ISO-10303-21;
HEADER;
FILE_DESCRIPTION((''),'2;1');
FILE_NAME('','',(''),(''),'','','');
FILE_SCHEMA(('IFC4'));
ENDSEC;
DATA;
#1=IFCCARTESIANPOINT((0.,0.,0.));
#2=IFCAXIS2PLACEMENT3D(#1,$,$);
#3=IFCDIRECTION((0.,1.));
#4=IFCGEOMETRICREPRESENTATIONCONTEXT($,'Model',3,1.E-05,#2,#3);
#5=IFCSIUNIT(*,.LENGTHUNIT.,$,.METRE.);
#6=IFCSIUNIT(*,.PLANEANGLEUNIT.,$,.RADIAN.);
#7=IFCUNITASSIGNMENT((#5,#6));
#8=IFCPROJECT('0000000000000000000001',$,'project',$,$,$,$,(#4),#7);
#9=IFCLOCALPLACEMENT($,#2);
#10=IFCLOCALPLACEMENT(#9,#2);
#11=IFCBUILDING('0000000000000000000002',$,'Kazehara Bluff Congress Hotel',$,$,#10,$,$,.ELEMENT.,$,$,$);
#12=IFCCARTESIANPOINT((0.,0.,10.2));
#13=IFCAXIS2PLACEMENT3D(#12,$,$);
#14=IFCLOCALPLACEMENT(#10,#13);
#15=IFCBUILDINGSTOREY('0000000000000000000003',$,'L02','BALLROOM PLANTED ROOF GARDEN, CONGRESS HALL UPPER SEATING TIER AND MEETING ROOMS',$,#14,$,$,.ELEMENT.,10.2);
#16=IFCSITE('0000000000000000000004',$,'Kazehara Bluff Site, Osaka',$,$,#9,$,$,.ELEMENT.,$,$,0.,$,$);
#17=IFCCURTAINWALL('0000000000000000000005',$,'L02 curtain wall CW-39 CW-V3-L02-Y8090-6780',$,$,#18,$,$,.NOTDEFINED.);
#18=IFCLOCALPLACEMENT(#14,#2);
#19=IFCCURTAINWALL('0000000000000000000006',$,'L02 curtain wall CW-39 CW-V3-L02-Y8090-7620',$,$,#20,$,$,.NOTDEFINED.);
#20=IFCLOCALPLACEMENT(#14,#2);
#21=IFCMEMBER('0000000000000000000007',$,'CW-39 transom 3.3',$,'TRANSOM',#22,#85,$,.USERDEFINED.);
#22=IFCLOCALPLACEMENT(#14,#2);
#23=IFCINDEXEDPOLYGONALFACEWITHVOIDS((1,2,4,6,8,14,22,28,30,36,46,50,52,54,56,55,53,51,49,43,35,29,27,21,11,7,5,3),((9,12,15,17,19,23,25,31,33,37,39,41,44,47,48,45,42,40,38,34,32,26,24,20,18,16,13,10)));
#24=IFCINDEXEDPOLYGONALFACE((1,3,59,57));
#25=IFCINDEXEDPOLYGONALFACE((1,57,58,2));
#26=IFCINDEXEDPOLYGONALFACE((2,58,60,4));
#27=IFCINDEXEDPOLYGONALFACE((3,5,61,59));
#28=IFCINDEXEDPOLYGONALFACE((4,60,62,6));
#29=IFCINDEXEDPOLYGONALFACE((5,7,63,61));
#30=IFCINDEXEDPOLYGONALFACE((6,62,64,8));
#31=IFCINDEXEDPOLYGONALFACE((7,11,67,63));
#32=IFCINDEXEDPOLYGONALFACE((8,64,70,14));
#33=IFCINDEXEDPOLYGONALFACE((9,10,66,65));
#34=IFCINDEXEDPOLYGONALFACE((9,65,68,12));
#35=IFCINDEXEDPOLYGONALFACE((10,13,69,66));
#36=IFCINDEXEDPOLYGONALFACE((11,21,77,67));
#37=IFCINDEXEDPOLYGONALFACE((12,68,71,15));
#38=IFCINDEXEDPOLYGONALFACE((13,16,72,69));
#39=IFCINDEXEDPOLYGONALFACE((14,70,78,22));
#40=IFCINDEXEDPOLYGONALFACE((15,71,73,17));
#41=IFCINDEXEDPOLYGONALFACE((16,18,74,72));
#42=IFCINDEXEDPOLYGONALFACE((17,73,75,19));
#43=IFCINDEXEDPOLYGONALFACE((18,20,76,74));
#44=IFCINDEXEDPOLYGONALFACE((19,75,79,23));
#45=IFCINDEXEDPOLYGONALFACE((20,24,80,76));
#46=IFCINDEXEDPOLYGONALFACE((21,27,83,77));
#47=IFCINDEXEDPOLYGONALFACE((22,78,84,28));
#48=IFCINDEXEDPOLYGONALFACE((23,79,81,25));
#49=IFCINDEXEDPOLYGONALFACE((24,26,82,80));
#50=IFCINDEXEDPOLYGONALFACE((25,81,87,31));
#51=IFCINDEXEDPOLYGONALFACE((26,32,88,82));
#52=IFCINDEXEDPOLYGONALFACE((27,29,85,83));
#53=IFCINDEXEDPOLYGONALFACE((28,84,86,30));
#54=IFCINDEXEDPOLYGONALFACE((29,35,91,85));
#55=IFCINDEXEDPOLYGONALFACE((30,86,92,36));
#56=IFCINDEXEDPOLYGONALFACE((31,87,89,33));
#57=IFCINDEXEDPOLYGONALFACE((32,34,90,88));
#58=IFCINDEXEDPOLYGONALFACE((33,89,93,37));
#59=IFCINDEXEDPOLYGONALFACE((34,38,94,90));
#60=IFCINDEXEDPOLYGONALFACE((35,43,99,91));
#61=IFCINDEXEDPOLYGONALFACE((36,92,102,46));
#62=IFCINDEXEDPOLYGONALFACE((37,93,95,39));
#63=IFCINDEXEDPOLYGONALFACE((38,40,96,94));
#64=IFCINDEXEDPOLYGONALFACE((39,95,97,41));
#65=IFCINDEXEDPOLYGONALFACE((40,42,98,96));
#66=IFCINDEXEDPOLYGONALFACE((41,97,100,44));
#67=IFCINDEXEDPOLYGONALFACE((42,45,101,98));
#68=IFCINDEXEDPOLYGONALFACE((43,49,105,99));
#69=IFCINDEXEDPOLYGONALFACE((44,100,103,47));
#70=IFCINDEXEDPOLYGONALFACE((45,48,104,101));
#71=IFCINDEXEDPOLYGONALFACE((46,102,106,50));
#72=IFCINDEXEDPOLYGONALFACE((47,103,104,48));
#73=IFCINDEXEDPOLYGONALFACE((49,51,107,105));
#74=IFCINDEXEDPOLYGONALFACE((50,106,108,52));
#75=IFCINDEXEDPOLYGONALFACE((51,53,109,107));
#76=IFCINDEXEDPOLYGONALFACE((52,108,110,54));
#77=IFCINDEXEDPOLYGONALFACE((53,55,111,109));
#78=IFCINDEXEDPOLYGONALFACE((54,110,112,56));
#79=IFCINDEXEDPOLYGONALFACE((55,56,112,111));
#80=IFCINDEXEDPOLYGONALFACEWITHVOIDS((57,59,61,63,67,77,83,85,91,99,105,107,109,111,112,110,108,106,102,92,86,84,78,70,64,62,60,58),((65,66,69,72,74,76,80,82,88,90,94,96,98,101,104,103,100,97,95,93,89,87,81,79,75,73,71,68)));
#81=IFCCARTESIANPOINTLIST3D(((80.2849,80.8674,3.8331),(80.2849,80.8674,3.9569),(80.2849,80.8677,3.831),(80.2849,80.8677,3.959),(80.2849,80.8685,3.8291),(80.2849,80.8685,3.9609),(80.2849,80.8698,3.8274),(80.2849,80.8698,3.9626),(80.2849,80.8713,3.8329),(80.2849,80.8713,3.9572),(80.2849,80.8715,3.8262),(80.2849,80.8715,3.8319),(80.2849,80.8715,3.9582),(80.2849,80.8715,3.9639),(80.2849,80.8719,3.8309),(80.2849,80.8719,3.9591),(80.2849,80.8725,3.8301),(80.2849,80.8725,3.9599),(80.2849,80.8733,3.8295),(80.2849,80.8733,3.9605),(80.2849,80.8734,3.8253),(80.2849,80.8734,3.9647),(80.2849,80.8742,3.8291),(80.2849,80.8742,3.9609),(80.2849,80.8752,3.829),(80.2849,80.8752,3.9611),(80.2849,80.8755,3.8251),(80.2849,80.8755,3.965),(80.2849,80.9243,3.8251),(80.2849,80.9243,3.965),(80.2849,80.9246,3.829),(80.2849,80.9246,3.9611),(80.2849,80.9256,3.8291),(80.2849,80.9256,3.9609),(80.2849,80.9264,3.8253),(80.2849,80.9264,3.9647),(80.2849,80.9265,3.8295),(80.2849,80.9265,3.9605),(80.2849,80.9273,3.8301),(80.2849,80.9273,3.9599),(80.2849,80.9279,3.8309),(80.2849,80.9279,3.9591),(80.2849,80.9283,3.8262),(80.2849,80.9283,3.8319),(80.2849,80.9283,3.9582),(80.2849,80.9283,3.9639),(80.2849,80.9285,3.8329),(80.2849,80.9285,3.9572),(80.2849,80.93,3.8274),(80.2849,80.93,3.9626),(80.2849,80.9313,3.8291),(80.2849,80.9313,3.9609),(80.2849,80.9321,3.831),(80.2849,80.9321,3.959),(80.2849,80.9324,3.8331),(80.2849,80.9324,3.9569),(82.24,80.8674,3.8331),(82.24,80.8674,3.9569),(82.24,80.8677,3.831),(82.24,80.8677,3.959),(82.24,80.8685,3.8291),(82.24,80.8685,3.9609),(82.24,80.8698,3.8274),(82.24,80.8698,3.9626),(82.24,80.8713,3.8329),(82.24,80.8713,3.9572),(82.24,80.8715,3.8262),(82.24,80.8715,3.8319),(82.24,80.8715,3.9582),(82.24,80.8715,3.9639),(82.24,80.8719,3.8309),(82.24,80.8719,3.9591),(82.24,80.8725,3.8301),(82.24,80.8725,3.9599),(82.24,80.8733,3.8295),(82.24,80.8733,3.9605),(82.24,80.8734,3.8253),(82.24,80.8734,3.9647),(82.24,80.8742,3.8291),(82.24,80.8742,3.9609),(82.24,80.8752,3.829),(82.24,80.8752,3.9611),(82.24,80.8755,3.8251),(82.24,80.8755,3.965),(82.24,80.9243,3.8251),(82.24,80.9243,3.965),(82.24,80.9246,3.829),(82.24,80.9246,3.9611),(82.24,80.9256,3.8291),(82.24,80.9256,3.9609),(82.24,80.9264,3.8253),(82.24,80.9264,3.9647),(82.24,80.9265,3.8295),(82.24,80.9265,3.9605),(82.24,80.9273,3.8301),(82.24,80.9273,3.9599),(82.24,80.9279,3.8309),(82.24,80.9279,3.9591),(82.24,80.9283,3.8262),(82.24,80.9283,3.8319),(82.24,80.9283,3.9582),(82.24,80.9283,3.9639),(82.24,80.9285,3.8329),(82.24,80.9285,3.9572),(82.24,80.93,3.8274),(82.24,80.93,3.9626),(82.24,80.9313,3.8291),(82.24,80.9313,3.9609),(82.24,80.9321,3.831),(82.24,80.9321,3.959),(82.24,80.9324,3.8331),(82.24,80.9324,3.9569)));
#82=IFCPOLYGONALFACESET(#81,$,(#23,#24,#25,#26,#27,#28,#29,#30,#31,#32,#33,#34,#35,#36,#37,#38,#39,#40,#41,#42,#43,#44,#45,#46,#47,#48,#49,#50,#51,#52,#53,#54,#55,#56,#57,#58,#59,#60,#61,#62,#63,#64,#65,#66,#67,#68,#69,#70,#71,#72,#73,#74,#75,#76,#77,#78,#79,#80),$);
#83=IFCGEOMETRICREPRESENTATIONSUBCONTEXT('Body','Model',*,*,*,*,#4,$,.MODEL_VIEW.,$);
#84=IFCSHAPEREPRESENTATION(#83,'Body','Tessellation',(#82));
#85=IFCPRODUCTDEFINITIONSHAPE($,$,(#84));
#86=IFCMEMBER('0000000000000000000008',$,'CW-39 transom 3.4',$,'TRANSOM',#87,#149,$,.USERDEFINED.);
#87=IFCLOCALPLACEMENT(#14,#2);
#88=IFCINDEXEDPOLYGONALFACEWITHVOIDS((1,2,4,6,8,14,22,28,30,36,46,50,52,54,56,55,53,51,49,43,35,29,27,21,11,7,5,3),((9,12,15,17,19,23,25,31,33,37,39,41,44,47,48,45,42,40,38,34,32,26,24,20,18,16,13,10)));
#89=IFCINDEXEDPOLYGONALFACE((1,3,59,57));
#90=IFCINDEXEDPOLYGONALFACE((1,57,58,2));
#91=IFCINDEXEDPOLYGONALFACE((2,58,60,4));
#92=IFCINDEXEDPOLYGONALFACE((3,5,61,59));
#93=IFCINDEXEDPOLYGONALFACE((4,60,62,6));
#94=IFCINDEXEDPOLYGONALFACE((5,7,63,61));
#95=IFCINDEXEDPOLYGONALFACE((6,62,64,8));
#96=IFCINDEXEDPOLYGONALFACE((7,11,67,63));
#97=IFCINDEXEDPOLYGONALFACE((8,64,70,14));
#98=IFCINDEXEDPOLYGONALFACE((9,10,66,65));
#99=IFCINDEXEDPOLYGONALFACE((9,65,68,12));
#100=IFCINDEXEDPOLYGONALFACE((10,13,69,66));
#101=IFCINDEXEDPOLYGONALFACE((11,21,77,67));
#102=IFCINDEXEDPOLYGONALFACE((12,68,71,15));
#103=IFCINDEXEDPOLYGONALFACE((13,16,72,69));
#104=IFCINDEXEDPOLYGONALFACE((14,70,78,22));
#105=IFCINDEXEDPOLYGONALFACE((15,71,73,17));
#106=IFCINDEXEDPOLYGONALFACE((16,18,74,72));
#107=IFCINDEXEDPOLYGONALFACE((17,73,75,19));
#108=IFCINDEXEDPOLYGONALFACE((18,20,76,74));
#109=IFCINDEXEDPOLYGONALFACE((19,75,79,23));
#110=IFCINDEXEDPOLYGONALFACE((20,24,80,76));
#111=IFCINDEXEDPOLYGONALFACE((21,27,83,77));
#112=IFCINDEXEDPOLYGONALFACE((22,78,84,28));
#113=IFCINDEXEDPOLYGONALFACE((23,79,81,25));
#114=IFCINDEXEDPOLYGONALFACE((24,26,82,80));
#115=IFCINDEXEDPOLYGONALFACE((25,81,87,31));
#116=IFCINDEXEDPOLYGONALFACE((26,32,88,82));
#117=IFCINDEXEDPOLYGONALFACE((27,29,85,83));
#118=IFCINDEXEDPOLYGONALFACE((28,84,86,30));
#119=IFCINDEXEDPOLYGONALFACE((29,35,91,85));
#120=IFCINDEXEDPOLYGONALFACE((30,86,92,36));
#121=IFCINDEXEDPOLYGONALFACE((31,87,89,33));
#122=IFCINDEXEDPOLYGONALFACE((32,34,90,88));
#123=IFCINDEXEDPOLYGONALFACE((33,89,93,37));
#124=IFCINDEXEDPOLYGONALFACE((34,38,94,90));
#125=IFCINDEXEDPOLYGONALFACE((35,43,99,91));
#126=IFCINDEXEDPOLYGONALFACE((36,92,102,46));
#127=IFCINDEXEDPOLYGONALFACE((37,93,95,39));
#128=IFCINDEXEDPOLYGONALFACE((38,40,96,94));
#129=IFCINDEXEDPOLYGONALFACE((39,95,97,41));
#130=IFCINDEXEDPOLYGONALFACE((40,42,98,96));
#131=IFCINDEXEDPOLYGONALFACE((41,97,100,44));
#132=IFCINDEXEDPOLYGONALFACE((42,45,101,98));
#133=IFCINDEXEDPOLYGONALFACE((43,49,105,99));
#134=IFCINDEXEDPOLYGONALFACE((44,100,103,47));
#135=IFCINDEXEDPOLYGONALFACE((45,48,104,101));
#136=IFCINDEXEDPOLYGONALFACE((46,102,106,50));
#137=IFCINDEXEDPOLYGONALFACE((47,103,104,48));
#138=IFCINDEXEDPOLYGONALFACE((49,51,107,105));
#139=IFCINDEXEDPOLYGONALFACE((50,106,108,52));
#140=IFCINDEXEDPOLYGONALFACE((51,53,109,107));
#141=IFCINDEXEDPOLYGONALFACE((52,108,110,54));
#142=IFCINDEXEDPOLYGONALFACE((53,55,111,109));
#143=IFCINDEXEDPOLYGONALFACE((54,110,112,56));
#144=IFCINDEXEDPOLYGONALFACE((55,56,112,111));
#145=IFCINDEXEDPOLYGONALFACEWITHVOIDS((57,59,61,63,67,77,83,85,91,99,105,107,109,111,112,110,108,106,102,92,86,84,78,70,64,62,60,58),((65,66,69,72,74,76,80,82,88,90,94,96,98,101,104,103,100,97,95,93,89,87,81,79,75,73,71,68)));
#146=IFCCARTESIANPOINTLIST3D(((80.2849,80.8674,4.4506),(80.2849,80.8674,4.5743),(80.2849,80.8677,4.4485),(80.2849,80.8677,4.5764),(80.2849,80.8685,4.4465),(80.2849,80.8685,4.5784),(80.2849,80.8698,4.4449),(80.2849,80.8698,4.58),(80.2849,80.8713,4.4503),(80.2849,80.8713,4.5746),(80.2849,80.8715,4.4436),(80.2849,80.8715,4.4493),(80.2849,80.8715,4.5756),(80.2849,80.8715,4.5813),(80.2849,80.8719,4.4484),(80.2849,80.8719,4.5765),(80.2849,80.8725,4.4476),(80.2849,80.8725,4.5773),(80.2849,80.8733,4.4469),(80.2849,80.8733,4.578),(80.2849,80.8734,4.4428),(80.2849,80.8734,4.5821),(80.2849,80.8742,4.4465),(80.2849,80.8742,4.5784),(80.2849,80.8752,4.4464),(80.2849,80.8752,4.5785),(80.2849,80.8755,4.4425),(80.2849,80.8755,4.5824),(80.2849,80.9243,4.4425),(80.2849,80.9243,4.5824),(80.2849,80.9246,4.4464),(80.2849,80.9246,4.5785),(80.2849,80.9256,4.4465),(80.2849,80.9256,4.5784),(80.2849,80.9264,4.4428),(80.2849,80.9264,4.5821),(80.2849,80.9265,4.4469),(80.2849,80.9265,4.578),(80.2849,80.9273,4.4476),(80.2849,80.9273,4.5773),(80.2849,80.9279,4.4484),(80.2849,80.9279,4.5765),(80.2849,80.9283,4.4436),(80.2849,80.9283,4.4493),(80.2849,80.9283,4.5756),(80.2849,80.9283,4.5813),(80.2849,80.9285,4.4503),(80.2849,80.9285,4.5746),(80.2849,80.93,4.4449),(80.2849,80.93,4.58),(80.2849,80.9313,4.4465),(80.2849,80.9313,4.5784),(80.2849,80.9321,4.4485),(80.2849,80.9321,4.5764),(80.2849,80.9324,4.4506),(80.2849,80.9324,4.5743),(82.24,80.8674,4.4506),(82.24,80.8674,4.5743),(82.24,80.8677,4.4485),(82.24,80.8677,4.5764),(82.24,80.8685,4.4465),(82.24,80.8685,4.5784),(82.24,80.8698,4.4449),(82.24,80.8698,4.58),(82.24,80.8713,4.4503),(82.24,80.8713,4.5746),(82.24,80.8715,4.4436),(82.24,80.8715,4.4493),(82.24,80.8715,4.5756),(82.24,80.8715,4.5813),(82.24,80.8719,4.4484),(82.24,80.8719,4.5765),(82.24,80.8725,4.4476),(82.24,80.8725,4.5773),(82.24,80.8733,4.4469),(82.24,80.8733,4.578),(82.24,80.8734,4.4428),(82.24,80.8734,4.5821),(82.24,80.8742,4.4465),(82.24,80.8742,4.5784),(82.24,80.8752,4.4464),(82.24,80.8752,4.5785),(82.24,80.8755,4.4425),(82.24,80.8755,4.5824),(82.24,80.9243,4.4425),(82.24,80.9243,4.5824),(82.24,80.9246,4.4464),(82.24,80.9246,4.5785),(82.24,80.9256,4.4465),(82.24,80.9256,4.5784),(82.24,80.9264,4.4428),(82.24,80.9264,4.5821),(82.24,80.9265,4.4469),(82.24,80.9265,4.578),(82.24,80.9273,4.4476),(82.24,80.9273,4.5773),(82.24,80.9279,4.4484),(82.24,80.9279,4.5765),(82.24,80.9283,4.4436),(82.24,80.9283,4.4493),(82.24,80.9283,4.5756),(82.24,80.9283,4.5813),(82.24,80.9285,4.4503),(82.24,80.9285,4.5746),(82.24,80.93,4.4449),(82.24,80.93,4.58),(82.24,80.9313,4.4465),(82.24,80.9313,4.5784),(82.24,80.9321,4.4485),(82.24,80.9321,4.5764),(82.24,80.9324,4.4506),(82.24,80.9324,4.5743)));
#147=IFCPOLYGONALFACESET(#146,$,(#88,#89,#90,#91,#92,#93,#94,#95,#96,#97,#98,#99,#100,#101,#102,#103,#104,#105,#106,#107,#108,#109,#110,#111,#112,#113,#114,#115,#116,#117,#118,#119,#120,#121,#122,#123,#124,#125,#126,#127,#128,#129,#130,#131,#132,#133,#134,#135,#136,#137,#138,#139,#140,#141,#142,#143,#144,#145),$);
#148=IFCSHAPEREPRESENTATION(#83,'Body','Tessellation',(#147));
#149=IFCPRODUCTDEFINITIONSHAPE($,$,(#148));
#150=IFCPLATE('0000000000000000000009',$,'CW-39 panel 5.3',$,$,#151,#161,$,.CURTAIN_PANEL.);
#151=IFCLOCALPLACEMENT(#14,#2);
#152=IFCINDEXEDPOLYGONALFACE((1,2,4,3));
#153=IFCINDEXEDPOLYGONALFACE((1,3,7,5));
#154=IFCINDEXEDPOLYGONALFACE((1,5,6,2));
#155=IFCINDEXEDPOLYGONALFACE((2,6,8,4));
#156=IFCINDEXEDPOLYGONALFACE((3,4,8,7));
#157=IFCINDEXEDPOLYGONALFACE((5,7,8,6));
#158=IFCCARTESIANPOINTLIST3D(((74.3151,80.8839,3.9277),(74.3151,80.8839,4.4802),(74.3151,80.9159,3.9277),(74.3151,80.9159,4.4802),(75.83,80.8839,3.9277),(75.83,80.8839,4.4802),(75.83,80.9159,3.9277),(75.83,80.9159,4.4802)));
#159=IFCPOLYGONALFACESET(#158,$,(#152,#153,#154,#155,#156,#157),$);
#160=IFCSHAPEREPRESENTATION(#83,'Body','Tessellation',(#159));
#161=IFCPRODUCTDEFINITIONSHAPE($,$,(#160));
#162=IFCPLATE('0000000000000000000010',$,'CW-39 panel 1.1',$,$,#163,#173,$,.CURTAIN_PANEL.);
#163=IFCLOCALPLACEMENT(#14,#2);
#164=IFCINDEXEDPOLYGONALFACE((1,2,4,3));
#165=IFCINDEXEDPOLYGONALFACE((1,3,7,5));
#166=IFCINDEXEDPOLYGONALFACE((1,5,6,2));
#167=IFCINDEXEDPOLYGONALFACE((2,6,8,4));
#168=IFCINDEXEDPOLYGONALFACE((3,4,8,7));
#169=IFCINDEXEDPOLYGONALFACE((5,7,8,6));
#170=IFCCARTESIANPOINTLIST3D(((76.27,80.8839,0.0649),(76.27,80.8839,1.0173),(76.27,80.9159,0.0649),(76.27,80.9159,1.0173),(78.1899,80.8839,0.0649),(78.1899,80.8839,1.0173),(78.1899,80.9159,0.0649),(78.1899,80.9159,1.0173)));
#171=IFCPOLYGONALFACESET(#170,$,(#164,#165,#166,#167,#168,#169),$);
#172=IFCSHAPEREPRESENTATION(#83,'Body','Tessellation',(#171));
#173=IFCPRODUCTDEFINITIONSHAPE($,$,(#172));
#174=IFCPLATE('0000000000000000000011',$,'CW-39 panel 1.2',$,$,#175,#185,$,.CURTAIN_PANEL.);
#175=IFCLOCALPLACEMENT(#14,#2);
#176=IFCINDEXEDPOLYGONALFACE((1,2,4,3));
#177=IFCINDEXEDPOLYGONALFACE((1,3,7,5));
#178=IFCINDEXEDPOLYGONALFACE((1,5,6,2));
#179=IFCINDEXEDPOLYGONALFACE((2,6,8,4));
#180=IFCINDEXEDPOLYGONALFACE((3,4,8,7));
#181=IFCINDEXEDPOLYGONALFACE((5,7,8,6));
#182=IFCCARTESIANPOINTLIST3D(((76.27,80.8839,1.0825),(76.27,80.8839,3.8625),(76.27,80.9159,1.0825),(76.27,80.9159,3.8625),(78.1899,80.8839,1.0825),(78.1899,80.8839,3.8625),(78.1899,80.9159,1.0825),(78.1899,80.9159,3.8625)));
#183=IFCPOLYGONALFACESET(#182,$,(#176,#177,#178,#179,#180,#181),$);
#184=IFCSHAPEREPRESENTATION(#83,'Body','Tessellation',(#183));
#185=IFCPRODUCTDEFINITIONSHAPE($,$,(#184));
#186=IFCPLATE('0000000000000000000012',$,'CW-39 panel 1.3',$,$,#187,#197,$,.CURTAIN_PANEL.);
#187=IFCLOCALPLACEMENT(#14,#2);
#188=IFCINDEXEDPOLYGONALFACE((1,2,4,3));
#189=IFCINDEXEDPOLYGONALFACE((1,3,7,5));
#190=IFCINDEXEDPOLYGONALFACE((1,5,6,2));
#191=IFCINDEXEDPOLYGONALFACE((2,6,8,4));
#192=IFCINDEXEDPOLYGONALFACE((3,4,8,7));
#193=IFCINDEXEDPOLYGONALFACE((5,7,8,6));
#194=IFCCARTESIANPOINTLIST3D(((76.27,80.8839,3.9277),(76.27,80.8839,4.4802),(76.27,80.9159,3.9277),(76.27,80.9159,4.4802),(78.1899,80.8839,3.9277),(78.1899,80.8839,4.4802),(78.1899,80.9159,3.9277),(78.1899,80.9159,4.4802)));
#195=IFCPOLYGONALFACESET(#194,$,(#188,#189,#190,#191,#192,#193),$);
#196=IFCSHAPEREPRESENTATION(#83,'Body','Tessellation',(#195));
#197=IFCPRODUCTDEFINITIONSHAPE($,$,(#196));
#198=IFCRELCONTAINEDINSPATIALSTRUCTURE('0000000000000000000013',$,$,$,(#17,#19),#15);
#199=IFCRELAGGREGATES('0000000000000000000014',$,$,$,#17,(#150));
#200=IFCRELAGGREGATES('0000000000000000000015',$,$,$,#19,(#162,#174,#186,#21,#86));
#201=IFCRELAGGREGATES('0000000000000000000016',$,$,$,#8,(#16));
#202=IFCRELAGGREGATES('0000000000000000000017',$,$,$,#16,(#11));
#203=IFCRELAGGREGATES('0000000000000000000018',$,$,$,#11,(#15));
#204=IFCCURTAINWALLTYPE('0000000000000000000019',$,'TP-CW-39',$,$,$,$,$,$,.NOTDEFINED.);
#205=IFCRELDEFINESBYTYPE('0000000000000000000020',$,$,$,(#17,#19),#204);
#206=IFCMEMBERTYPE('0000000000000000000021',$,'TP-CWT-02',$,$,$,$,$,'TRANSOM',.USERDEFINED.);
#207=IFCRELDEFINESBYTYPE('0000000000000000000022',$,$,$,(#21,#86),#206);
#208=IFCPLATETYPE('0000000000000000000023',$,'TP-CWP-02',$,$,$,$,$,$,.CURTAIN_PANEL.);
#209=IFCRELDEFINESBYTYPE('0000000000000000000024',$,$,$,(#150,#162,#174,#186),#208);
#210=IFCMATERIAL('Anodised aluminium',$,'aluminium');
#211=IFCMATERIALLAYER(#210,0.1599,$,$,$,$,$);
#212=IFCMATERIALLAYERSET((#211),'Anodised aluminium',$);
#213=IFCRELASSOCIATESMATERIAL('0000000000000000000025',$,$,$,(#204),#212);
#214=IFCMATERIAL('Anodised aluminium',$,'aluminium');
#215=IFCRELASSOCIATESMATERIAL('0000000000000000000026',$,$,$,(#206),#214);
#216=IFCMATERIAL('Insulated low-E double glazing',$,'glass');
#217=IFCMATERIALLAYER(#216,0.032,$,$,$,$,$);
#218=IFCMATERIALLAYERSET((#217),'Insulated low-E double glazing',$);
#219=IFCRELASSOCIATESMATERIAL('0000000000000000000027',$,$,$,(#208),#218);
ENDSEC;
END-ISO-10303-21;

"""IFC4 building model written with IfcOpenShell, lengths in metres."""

from ifc_helpers import new_model, si_unit, direction, frame, origin, origin_2d, place, context, subcontext, project, spatial, rectangle, hollow_rectangle, extrude, material, layer, layer_set, material_profile, profile_set, type_object, element, aggregate, save


model = new_model("IFC4")

# Units and contexts
model_context = context("Model", 3, precision=1e-05, world=origin(), true_north=direction((0.0, 1.0)))
body_context = subcontext(model_context, "Body", "Model", "MODEL_VIEW")
ifc_project = project(units=[si_unit("LENGTHUNIT", "METRE"), si_unit("PLANEANGLEUNIT", "RADIAN")], contexts=[model_context])

# Site, building, storey
site_placement = place(None, origin())
site = spatial("IfcSite", under=ifc_project, at=site_placement, Name="Kazehara Bluff Site, Osaka", CompositionType="ELEMENT", RefElevation=0.0)
building_placement = place(site_placement, origin())
building = spatial("IfcBuilding", under=site, at=building_placement, Name="Kazehara Bluff Congress Hotel", CompositionType="ELEMENT")
storey_placement = place(building_placement, frame((0.0, 0.0, 10.2)))
storey = spatial("IfcBuildingStorey", under=building, at=storey_placement, Name="L02", Description="BALLROOM PLANTED ROOF GARDEN, CONGRESS HALL UPPER SEATING TIER AND MEETING ROOMS", CompositionType="ELEMENT", Elevation=10.2)

# Curtain wall
ifc_material_1 = material(Name="Anodised aluminium", Category="aluminium")
ifc_layer_1 = layer(ifc_material_1, 0.1599)
ifc_layer_set_1 = layer_set([ifc_layer_1], Name="Anodised aluminium")
curtain_wall_type = type_object("IfcCurtainWallType", Name="TP-CW-39", PredefinedType="NOTDEFINED", material=ifc_layer_set_1)
curtain_wall_1_placement = place(storey_placement, origin())
curtain_wall_1 = element("IfcCurtainWall", 1, at=curtain_wall_1_placement, inside=storey, type_object=curtain_wall_type, Name="L02 curtain wall CW-39 CW-V3-L02-Y8090-6780", PredefinedType="NOTDEFINED")

# Curtain wall, members
curtain_wall_2_placement = place(storey_placement, origin())
curtain_wall_2 = element("IfcCurtainWall", 2, at=curtain_wall_2_placement, inside=storey, type_object=curtain_wall_type, Name="L02 curtain wall CW-39 CW-V3-L02-Y8090-7620", PredefinedType="NOTDEFINED")
ifc_material_2 = material(Name="Anodised aluminium", Category="aluminium")
ifc_material_profile_1 = material_profile(ifc_material_2, hollow_rectangle(XDim=0.0649, YDim=0.1399, WallThickness=0.0039, InnerFilletRadius=0.0039, OuterFilletRadius=0.0081, at=origin_2d()))
ifc_profile_set_1 = profile_set([ifc_material_profile_1], Name="Anodised aluminium")
member_type_1 = type_object("IfcMemberType", Name="TP-CWT-02", ElementType="TRANSOM", PredefinedType="USERDEFINED", material=ifc_profile_set_1)
member_1_placement = place(storey_placement, frame((80.2849, 80.8999, 3.895), z_axis=(1.0, 0.0, 0.0), x_axis=(0.0, 1.0, 0.0)))
member_1 = element("IfcMember", 3, at=member_1_placement, type_object=member_type_1, Name="CW-39 transom 3.3", ObjectType="TRANSOM", PredefinedType="USERDEFINED", context=body_context, shape_type="SweptSolid", body=[
    extrude(hollow_rectangle(XDim=0.0649, YDim=0.1399, WallThickness=0.0039, InnerFilletRadius=0.0039, OuterFilletRadius=0.0081, at=origin_2d()), origin(), (0.0, 0.0, 1.0), 1.9551),
])
member_2_placement = place(storey_placement, frame((80.2849, 80.8999, 4.5125), z_axis=(1.0, 0.0, 0.0), x_axis=(0.0, 1.0, 0.0)))
member_2 = element("IfcMember", 4, at=member_2_placement, type_object=member_type_1, Name="CW-39 transom 3.4", ObjectType="TRANSOM", PredefinedType="USERDEFINED", context=body_context, shape_type="SweptSolid", body=[
    extrude(hollow_rectangle(XDim=0.0649, YDim=0.1399, WallThickness=0.0039, InnerFilletRadius=0.0039, OuterFilletRadius=0.0081, at=origin_2d()), origin(), (0.0, 0.0, 1.0), 1.9551),
])

# Plates
ifc_material_3 = material(Name="Insulated low-E double glazing", Category="glass")
ifc_layer_2 = layer(ifc_material_3, 0.032)
ifc_layer_set_2 = layer_set([ifc_layer_2], Name="Insulated low-E double glazing")
plate_type = type_object("IfcPlateType", Name="TP-CWP-02", PredefinedType="CURTAIN_PANEL", material=ifc_layer_set_2)
plate_1_placement = place(storey_placement, frame((75.0725, 80.8999, 3.9277), z_axis=(0.0, 0.0, 1.0), x_axis=(1.0, 0.0, 0.0)))
plate_1 = element("IfcPlate", 5, at=plate_1_placement, type_object=plate_type, Name="CW-39 panel 5.3", PredefinedType="CURTAIN_PANEL", context=body_context, shape_type="SweptSolid", body=[
    extrude(rectangle(XDim=1.5149, YDim=0.032, at=origin_2d()), origin(), (0.0, 0.0, 1.0), 0.5525),
])
aggregate(curtain_wall_1, [plate_1])
plate_2_placement = place(storey_placement, frame((77.23, 80.8999, 0.0649), z_axis=(0.0, 0.0, 1.0), x_axis=(1.0, 0.0, 0.0)))
plate_2 = element("IfcPlate", 6, at=plate_2_placement, type_object=plate_type, Name="CW-39 panel 1.1", PredefinedType="CURTAIN_PANEL", context=body_context, shape_type="SweptSolid", body=[
    extrude(rectangle(XDim=1.9199, YDim=0.032, at=origin_2d()), origin(), (0.0, 0.0, 1.0), 0.9524),
])
plate_3_placement = place(storey_placement, frame((77.23, 80.8999, 1.0825), z_axis=(0.0, 0.0, 1.0), x_axis=(1.0, 0.0, 0.0)))
plate_3 = element("IfcPlate", 7, at=plate_3_placement, type_object=plate_type, Name="CW-39 panel 1.2", PredefinedType="CURTAIN_PANEL", context=body_context, shape_type="SweptSolid", body=[
    extrude(rectangle(XDim=1.9199, YDim=0.032, at=origin_2d()), origin(), (0.0, 0.0, 1.0), 2.78),
])
plate_4_placement = place(storey_placement, frame((77.23, 80.8999, 3.9277), z_axis=(0.0, 0.0, 1.0), x_axis=(1.0, 0.0, 0.0)))
plate_4 = element("IfcPlate", 8, at=plate_4_placement, type_object=plate_type, Name="CW-39 panel 1.3", PredefinedType="CURTAIN_PANEL", context=body_context, shape_type="SweptSolid", body=[
    extrude(rectangle(XDim=1.9199, YDim=0.032, at=origin_2d()), origin(), (0.0, 0.0, 1.0), 0.5525),
])
aggregate(curtain_wall_2, [plate_2, plate_3, plate_4, member_1, member_2])

save(model, "model.ifc")
